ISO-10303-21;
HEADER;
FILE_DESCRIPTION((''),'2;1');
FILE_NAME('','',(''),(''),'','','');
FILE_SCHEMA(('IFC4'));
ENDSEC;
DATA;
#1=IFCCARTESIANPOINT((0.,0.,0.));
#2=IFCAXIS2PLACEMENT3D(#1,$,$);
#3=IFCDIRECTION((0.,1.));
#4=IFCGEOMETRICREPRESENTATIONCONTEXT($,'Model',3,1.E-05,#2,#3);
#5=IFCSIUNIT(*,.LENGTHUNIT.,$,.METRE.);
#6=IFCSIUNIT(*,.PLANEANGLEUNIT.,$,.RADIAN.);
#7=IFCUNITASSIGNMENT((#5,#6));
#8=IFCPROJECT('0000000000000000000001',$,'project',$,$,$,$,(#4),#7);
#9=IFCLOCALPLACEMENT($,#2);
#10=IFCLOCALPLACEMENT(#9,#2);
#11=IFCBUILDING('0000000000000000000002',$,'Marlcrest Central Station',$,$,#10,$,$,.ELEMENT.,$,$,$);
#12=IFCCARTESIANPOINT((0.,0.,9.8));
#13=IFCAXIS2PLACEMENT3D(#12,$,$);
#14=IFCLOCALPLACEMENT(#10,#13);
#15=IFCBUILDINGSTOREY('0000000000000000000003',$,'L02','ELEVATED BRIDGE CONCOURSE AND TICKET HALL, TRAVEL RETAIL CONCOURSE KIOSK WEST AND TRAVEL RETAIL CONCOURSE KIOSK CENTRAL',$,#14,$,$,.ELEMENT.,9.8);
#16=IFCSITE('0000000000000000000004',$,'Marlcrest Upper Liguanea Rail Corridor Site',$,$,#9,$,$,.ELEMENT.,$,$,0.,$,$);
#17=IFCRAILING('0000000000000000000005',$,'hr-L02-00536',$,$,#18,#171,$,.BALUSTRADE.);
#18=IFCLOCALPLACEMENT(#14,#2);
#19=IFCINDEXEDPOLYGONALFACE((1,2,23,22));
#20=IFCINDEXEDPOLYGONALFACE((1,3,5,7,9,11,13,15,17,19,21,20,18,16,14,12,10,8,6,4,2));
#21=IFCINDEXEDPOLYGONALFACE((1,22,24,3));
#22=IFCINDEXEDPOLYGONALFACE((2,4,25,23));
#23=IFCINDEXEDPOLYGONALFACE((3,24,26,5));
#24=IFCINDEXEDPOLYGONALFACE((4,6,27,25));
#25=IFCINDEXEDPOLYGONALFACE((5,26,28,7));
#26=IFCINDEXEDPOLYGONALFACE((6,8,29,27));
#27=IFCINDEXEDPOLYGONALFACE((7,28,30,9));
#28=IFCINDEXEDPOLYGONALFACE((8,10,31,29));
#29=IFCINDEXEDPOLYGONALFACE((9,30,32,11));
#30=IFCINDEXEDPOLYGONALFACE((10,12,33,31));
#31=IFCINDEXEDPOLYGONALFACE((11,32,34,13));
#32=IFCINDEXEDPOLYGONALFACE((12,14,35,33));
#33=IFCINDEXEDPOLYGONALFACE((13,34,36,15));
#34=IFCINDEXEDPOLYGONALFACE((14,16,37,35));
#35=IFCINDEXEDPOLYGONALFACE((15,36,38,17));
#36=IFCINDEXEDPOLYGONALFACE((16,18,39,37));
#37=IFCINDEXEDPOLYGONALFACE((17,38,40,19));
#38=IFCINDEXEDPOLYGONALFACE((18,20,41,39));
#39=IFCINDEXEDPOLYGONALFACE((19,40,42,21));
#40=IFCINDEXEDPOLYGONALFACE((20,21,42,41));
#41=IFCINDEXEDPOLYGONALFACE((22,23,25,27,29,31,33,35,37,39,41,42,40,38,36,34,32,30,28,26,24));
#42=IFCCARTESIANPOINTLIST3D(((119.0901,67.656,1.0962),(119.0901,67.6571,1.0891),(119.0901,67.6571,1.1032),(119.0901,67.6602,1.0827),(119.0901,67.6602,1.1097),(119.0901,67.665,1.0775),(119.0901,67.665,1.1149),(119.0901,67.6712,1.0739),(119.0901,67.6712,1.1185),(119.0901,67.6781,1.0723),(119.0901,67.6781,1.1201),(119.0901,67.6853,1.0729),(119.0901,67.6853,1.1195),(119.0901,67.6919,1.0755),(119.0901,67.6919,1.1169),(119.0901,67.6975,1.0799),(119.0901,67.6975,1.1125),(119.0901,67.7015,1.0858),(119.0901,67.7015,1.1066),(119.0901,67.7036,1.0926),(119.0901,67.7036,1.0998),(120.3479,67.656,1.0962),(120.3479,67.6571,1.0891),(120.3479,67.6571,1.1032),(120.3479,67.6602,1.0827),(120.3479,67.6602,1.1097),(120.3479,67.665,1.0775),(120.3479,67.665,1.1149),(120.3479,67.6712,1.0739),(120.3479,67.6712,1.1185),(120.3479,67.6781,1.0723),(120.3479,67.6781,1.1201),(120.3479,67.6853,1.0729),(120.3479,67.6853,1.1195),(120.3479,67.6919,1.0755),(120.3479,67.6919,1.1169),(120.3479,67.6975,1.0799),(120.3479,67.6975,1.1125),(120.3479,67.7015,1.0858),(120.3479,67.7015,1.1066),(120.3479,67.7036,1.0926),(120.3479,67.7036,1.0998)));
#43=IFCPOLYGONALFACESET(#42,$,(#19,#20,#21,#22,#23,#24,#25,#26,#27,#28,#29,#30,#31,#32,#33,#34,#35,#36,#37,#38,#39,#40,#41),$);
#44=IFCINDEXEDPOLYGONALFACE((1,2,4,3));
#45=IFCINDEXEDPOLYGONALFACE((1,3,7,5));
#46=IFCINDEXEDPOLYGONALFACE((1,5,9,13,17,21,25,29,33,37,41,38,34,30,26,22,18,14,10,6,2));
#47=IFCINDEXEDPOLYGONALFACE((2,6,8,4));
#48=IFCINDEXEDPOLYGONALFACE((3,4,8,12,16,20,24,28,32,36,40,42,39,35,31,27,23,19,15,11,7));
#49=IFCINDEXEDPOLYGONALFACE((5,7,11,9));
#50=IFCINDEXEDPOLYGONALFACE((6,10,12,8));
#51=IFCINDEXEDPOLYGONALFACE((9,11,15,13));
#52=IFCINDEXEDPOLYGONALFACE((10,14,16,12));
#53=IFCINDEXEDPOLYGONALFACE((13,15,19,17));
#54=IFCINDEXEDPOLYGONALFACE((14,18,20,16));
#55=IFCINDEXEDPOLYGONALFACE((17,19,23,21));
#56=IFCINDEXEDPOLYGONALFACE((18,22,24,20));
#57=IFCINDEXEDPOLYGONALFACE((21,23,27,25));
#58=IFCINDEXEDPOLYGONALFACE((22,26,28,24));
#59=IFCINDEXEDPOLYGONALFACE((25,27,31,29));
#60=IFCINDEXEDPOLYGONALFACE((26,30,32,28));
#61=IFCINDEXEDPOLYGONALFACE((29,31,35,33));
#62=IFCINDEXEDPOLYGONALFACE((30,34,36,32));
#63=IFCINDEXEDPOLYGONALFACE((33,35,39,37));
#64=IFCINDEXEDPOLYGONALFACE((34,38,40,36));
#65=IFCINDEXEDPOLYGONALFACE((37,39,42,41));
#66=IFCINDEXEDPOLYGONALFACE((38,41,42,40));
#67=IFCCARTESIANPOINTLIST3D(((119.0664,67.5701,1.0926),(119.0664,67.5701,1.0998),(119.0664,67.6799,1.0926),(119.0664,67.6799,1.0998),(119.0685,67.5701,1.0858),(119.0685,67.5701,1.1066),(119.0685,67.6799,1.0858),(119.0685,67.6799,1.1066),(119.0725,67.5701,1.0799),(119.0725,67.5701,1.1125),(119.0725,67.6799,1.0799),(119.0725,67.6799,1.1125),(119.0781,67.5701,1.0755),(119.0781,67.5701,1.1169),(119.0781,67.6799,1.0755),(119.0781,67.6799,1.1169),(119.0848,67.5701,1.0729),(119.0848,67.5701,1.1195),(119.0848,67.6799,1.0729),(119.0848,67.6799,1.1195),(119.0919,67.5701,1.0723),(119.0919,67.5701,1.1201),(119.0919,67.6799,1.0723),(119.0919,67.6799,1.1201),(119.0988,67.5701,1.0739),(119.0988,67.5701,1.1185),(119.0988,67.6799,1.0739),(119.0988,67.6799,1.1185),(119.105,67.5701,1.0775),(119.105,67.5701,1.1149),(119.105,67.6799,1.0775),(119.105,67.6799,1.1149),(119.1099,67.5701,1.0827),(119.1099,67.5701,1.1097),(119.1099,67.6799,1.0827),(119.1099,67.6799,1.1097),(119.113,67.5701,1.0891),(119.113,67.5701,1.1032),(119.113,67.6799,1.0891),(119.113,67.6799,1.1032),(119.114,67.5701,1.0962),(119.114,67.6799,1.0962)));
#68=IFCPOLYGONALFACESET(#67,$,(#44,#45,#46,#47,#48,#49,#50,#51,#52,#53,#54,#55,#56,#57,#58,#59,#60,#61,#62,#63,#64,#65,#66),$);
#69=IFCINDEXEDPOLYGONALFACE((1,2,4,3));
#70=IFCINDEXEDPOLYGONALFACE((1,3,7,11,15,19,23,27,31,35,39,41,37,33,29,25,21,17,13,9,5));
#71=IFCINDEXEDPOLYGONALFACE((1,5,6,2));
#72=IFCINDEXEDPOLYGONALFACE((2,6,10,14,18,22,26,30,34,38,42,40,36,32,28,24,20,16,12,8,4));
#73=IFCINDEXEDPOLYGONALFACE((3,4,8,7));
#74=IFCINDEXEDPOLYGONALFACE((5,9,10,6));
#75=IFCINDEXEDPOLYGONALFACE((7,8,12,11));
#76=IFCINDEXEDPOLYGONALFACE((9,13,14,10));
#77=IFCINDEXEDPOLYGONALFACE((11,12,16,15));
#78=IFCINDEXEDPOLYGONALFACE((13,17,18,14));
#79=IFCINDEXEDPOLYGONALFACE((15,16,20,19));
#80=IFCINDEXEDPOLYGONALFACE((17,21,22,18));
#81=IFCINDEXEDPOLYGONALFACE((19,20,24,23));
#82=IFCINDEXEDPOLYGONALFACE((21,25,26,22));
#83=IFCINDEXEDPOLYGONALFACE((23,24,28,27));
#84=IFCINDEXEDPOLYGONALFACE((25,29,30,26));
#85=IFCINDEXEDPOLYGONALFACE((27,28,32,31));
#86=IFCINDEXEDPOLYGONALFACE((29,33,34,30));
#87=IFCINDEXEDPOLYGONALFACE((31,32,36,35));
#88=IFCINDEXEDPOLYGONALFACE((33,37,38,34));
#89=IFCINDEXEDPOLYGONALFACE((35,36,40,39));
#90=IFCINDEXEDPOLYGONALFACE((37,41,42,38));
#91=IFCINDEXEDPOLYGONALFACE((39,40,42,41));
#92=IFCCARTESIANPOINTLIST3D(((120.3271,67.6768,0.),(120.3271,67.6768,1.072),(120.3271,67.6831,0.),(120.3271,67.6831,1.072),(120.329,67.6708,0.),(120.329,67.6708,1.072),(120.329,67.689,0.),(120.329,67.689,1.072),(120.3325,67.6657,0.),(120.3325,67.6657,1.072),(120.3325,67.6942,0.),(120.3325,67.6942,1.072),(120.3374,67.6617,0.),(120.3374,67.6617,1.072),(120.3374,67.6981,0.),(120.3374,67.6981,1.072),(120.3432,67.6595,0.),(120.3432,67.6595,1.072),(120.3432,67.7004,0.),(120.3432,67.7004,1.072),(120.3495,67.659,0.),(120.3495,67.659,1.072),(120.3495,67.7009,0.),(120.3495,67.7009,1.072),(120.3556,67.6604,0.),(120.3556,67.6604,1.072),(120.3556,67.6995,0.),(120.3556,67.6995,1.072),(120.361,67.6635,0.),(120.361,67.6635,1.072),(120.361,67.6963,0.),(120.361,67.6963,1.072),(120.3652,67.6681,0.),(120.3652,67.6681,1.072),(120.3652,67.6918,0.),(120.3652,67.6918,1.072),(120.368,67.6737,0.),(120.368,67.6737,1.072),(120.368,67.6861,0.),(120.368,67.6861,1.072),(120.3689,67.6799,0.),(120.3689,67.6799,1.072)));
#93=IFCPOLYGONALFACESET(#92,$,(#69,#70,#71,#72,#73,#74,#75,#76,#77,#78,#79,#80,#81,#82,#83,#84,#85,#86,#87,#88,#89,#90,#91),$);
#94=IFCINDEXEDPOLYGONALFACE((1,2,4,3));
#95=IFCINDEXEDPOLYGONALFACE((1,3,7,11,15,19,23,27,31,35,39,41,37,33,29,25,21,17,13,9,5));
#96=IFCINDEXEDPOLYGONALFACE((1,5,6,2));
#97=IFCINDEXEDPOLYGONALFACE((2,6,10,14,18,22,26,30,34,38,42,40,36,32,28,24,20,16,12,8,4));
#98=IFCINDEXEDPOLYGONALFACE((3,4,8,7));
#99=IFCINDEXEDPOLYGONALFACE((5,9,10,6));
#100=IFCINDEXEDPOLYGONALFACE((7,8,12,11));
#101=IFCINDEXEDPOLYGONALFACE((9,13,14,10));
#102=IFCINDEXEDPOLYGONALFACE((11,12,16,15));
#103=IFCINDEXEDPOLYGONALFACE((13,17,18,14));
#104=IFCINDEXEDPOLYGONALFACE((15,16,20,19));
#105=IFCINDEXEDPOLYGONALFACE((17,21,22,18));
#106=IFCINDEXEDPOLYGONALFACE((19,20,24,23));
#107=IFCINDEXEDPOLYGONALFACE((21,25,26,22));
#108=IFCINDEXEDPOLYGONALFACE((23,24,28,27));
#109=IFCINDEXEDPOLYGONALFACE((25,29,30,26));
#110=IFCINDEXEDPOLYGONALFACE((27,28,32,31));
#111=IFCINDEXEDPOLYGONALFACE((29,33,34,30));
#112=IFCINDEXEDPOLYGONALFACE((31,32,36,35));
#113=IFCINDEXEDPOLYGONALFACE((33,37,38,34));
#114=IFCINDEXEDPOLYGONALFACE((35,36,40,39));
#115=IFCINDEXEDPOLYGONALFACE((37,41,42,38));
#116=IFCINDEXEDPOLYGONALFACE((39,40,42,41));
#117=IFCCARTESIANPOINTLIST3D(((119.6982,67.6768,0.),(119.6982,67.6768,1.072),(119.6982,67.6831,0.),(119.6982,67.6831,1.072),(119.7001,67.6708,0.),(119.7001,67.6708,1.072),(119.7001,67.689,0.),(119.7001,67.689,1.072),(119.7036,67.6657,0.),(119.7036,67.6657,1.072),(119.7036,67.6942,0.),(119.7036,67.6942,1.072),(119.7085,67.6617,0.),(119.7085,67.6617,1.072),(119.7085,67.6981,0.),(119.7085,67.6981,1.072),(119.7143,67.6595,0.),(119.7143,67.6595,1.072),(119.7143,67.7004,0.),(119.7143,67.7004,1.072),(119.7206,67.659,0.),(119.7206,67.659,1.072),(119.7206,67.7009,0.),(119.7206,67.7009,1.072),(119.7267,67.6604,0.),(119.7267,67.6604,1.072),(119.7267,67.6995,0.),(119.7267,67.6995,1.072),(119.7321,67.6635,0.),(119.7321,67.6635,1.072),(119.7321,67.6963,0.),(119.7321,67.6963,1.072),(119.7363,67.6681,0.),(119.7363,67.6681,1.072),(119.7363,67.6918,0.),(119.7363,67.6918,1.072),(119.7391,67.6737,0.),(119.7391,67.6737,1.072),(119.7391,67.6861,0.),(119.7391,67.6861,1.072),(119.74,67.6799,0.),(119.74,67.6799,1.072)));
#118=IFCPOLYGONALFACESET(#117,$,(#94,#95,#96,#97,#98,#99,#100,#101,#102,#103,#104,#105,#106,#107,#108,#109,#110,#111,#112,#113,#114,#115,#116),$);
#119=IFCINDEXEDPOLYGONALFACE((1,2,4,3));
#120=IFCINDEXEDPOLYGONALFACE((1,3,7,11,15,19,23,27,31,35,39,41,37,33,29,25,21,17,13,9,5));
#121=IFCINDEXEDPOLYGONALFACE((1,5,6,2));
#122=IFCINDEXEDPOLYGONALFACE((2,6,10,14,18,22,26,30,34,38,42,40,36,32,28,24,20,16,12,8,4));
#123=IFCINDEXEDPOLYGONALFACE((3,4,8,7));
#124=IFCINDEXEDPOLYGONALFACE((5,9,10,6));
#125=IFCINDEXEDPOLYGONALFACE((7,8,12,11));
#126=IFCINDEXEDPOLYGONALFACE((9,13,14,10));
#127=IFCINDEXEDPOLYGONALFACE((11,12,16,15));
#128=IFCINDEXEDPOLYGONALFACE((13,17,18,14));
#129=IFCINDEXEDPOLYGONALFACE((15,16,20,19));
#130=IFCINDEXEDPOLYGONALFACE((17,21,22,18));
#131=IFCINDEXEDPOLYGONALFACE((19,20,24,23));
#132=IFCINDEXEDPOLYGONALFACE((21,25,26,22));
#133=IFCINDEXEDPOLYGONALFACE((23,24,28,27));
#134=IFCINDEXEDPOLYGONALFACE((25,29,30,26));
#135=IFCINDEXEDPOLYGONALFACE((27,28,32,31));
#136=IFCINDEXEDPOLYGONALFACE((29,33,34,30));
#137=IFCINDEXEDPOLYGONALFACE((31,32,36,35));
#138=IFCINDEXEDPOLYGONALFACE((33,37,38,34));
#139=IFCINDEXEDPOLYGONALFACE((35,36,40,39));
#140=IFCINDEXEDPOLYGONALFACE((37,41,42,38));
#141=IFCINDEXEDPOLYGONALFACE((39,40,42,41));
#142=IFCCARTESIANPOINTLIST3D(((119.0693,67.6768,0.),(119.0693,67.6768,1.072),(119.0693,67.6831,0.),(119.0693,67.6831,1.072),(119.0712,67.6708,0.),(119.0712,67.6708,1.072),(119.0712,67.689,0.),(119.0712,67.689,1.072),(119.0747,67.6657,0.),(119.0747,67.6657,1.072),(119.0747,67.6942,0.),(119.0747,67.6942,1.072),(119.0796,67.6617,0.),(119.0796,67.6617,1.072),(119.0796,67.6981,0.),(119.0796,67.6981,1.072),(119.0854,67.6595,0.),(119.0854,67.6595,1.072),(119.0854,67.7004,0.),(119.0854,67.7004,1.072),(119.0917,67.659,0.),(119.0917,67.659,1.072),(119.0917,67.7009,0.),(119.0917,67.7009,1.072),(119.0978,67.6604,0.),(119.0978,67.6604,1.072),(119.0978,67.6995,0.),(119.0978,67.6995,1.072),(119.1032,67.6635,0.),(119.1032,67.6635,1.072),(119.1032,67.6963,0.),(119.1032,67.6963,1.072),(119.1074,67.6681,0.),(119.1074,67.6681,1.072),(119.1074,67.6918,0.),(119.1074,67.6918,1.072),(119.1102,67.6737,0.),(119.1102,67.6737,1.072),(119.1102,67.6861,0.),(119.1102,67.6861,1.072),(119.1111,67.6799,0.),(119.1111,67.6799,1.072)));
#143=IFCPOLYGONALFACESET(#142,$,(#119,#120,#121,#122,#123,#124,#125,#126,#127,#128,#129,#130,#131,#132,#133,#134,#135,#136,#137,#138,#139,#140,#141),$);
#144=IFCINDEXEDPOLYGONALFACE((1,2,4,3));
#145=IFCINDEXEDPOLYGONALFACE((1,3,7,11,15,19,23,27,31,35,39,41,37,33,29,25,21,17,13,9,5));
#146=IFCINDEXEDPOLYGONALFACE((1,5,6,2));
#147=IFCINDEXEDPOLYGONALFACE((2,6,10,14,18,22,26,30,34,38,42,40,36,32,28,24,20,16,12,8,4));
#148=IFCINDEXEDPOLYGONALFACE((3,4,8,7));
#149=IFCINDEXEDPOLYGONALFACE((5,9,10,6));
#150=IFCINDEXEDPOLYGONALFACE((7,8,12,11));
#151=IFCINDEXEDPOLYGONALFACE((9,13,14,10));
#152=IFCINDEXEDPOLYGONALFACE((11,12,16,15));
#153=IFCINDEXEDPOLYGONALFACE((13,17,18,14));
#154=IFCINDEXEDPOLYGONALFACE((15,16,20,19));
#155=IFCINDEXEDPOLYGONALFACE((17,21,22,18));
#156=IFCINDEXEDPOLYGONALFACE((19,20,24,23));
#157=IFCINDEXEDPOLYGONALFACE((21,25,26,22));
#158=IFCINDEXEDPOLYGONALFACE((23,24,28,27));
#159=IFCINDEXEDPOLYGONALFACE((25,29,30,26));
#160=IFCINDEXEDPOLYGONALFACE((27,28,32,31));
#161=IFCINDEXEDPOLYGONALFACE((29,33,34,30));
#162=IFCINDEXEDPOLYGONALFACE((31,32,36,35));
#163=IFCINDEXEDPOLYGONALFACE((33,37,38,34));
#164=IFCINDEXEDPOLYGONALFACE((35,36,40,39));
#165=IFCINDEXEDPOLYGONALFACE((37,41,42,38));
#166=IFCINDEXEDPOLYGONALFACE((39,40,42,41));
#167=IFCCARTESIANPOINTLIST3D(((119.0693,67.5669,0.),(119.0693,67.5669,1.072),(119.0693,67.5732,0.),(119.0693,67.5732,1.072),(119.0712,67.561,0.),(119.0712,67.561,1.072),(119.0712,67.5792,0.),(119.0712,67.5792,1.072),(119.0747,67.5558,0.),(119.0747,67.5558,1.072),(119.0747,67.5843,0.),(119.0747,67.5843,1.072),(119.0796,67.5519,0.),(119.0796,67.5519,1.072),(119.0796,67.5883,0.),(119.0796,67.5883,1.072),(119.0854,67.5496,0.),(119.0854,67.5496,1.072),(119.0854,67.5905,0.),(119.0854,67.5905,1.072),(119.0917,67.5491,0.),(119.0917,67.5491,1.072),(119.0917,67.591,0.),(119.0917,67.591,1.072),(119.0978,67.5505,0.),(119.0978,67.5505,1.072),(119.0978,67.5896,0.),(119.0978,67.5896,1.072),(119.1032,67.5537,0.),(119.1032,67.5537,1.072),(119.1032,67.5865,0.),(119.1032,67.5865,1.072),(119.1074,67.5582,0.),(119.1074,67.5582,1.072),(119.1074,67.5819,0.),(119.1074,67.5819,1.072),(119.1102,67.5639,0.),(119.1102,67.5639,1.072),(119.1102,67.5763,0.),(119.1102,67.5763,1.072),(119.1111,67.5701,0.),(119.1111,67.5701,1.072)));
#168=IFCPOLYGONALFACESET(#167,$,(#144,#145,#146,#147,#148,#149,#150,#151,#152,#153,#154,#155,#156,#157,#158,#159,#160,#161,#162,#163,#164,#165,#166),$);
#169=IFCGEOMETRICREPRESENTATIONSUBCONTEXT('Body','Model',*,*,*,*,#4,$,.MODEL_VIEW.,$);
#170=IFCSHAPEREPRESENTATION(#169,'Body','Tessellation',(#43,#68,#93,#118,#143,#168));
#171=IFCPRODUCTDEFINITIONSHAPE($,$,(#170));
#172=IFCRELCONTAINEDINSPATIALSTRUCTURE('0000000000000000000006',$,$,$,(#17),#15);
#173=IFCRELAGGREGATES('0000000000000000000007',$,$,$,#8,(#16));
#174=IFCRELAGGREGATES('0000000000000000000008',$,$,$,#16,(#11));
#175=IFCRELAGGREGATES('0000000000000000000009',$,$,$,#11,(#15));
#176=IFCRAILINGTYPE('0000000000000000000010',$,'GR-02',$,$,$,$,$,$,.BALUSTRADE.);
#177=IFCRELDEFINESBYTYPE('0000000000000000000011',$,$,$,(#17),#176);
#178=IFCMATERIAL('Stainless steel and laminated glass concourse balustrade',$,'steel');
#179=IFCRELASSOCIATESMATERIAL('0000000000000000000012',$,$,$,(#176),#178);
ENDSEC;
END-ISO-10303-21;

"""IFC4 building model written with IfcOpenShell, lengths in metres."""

from ifc_helpers import new_model, si_unit, direction, frame, origin, origin_2d, place, context, subcontext, project, spatial, circle, extrude, material, type_object, element, save


model = new_model("IFC4")

# Units and contexts
model_context = context("Model", 3, precision=1e-05, world=origin(), true_north=direction((0.0, 1.0)))
body_context = subcontext(model_context, "Body", "Model", "MODEL_VIEW")
ifc_project = project(units=[si_unit("LENGTHUNIT", "METRE"), si_unit("PLANEANGLEUNIT", "RADIAN")], contexts=[model_context])

# Site, building, storey
site_placement = place(None, origin())
site = spatial("IfcSite", under=ifc_project, at=site_placement, Name="Marlcrest Upper Liguanea Rail Corridor Site", CompositionType="ELEMENT", RefElevation=0.0)
building_placement = place(site_placement, origin())
building = spatial("IfcBuilding", under=site, at=building_placement, Name="Marlcrest Central Station", CompositionType="ELEMENT")
storey_placement = place(building_placement, frame((0.0, 0.0, 9.8)))
storey = spatial("IfcBuildingStorey", under=building, at=storey_placement, Name="L02", Description="ELEVATED BRIDGE CONCOURSE AND TICKET HALL, TRAVEL RETAIL CONCOURSE KIOSK WEST AND TRAVEL RETAIL CONCOURSE KIOSK CENTRAL", CompositionType="ELEMENT", Elevation=9.8)

# Railing
ifc_material_1 = material(Name="Stainless steel and laminated glass concourse balustrade", Category="steel")
railing_type = type_object("IfcRailingType", Name="GR-02", PredefinedType="BALUSTRADE", material=ifc_material_1)
railing_1_placement = place(storey_placement, frame((120.3479, 67.6799, 0.0)))
element("IfcRailing", 1, at=railing_1_placement, inside=storey, type_object=railing_type, Name="hr-L02-00536", PredefinedType="BALUSTRADE", context=body_context, shape_type="SweptSolid", body=[
    extrude(circle(Radius=0.0239, at=origin_2d()), frame((0.0, 0.0, 1.0962), z_axis=(-1.0, 0.0, 0.0), x_axis=(0.0, -1.0, 0.0)), (0.0, 0.0, 1.0), 1.2578),
    extrude(circle(Radius=0.0239, at=origin_2d()), frame((-1.2578, 0.0, 1.0962), z_axis=(0.0, -1.0, 0.0), x_axis=(1.0, 0.0, 0.0)), (0.0, 0.0, 1.0), 0.1099),
    extrude(circle(Radius=0.021, at=origin_2d()), origin(), (0.0, 0.0, 1.0), 1.072),
    extrude(circle(Radius=0.021, at=origin_2d()), frame((-0.6289, 0.0, 0.0)), (0.0, 0.0, 1.0), 1.072),
    extrude(circle(Radius=0.021, at=origin_2d()), frame((-1.2578, 0.0, 0.0)), (0.0, 0.0, 1.0), 1.072),
    extrude(circle(Radius=0.021, at=origin_2d()), frame((-1.2578, -0.1099, 0.0)), (0.0, 0.0, 1.0), 1.072),
])

save(model, "model.ifc")
